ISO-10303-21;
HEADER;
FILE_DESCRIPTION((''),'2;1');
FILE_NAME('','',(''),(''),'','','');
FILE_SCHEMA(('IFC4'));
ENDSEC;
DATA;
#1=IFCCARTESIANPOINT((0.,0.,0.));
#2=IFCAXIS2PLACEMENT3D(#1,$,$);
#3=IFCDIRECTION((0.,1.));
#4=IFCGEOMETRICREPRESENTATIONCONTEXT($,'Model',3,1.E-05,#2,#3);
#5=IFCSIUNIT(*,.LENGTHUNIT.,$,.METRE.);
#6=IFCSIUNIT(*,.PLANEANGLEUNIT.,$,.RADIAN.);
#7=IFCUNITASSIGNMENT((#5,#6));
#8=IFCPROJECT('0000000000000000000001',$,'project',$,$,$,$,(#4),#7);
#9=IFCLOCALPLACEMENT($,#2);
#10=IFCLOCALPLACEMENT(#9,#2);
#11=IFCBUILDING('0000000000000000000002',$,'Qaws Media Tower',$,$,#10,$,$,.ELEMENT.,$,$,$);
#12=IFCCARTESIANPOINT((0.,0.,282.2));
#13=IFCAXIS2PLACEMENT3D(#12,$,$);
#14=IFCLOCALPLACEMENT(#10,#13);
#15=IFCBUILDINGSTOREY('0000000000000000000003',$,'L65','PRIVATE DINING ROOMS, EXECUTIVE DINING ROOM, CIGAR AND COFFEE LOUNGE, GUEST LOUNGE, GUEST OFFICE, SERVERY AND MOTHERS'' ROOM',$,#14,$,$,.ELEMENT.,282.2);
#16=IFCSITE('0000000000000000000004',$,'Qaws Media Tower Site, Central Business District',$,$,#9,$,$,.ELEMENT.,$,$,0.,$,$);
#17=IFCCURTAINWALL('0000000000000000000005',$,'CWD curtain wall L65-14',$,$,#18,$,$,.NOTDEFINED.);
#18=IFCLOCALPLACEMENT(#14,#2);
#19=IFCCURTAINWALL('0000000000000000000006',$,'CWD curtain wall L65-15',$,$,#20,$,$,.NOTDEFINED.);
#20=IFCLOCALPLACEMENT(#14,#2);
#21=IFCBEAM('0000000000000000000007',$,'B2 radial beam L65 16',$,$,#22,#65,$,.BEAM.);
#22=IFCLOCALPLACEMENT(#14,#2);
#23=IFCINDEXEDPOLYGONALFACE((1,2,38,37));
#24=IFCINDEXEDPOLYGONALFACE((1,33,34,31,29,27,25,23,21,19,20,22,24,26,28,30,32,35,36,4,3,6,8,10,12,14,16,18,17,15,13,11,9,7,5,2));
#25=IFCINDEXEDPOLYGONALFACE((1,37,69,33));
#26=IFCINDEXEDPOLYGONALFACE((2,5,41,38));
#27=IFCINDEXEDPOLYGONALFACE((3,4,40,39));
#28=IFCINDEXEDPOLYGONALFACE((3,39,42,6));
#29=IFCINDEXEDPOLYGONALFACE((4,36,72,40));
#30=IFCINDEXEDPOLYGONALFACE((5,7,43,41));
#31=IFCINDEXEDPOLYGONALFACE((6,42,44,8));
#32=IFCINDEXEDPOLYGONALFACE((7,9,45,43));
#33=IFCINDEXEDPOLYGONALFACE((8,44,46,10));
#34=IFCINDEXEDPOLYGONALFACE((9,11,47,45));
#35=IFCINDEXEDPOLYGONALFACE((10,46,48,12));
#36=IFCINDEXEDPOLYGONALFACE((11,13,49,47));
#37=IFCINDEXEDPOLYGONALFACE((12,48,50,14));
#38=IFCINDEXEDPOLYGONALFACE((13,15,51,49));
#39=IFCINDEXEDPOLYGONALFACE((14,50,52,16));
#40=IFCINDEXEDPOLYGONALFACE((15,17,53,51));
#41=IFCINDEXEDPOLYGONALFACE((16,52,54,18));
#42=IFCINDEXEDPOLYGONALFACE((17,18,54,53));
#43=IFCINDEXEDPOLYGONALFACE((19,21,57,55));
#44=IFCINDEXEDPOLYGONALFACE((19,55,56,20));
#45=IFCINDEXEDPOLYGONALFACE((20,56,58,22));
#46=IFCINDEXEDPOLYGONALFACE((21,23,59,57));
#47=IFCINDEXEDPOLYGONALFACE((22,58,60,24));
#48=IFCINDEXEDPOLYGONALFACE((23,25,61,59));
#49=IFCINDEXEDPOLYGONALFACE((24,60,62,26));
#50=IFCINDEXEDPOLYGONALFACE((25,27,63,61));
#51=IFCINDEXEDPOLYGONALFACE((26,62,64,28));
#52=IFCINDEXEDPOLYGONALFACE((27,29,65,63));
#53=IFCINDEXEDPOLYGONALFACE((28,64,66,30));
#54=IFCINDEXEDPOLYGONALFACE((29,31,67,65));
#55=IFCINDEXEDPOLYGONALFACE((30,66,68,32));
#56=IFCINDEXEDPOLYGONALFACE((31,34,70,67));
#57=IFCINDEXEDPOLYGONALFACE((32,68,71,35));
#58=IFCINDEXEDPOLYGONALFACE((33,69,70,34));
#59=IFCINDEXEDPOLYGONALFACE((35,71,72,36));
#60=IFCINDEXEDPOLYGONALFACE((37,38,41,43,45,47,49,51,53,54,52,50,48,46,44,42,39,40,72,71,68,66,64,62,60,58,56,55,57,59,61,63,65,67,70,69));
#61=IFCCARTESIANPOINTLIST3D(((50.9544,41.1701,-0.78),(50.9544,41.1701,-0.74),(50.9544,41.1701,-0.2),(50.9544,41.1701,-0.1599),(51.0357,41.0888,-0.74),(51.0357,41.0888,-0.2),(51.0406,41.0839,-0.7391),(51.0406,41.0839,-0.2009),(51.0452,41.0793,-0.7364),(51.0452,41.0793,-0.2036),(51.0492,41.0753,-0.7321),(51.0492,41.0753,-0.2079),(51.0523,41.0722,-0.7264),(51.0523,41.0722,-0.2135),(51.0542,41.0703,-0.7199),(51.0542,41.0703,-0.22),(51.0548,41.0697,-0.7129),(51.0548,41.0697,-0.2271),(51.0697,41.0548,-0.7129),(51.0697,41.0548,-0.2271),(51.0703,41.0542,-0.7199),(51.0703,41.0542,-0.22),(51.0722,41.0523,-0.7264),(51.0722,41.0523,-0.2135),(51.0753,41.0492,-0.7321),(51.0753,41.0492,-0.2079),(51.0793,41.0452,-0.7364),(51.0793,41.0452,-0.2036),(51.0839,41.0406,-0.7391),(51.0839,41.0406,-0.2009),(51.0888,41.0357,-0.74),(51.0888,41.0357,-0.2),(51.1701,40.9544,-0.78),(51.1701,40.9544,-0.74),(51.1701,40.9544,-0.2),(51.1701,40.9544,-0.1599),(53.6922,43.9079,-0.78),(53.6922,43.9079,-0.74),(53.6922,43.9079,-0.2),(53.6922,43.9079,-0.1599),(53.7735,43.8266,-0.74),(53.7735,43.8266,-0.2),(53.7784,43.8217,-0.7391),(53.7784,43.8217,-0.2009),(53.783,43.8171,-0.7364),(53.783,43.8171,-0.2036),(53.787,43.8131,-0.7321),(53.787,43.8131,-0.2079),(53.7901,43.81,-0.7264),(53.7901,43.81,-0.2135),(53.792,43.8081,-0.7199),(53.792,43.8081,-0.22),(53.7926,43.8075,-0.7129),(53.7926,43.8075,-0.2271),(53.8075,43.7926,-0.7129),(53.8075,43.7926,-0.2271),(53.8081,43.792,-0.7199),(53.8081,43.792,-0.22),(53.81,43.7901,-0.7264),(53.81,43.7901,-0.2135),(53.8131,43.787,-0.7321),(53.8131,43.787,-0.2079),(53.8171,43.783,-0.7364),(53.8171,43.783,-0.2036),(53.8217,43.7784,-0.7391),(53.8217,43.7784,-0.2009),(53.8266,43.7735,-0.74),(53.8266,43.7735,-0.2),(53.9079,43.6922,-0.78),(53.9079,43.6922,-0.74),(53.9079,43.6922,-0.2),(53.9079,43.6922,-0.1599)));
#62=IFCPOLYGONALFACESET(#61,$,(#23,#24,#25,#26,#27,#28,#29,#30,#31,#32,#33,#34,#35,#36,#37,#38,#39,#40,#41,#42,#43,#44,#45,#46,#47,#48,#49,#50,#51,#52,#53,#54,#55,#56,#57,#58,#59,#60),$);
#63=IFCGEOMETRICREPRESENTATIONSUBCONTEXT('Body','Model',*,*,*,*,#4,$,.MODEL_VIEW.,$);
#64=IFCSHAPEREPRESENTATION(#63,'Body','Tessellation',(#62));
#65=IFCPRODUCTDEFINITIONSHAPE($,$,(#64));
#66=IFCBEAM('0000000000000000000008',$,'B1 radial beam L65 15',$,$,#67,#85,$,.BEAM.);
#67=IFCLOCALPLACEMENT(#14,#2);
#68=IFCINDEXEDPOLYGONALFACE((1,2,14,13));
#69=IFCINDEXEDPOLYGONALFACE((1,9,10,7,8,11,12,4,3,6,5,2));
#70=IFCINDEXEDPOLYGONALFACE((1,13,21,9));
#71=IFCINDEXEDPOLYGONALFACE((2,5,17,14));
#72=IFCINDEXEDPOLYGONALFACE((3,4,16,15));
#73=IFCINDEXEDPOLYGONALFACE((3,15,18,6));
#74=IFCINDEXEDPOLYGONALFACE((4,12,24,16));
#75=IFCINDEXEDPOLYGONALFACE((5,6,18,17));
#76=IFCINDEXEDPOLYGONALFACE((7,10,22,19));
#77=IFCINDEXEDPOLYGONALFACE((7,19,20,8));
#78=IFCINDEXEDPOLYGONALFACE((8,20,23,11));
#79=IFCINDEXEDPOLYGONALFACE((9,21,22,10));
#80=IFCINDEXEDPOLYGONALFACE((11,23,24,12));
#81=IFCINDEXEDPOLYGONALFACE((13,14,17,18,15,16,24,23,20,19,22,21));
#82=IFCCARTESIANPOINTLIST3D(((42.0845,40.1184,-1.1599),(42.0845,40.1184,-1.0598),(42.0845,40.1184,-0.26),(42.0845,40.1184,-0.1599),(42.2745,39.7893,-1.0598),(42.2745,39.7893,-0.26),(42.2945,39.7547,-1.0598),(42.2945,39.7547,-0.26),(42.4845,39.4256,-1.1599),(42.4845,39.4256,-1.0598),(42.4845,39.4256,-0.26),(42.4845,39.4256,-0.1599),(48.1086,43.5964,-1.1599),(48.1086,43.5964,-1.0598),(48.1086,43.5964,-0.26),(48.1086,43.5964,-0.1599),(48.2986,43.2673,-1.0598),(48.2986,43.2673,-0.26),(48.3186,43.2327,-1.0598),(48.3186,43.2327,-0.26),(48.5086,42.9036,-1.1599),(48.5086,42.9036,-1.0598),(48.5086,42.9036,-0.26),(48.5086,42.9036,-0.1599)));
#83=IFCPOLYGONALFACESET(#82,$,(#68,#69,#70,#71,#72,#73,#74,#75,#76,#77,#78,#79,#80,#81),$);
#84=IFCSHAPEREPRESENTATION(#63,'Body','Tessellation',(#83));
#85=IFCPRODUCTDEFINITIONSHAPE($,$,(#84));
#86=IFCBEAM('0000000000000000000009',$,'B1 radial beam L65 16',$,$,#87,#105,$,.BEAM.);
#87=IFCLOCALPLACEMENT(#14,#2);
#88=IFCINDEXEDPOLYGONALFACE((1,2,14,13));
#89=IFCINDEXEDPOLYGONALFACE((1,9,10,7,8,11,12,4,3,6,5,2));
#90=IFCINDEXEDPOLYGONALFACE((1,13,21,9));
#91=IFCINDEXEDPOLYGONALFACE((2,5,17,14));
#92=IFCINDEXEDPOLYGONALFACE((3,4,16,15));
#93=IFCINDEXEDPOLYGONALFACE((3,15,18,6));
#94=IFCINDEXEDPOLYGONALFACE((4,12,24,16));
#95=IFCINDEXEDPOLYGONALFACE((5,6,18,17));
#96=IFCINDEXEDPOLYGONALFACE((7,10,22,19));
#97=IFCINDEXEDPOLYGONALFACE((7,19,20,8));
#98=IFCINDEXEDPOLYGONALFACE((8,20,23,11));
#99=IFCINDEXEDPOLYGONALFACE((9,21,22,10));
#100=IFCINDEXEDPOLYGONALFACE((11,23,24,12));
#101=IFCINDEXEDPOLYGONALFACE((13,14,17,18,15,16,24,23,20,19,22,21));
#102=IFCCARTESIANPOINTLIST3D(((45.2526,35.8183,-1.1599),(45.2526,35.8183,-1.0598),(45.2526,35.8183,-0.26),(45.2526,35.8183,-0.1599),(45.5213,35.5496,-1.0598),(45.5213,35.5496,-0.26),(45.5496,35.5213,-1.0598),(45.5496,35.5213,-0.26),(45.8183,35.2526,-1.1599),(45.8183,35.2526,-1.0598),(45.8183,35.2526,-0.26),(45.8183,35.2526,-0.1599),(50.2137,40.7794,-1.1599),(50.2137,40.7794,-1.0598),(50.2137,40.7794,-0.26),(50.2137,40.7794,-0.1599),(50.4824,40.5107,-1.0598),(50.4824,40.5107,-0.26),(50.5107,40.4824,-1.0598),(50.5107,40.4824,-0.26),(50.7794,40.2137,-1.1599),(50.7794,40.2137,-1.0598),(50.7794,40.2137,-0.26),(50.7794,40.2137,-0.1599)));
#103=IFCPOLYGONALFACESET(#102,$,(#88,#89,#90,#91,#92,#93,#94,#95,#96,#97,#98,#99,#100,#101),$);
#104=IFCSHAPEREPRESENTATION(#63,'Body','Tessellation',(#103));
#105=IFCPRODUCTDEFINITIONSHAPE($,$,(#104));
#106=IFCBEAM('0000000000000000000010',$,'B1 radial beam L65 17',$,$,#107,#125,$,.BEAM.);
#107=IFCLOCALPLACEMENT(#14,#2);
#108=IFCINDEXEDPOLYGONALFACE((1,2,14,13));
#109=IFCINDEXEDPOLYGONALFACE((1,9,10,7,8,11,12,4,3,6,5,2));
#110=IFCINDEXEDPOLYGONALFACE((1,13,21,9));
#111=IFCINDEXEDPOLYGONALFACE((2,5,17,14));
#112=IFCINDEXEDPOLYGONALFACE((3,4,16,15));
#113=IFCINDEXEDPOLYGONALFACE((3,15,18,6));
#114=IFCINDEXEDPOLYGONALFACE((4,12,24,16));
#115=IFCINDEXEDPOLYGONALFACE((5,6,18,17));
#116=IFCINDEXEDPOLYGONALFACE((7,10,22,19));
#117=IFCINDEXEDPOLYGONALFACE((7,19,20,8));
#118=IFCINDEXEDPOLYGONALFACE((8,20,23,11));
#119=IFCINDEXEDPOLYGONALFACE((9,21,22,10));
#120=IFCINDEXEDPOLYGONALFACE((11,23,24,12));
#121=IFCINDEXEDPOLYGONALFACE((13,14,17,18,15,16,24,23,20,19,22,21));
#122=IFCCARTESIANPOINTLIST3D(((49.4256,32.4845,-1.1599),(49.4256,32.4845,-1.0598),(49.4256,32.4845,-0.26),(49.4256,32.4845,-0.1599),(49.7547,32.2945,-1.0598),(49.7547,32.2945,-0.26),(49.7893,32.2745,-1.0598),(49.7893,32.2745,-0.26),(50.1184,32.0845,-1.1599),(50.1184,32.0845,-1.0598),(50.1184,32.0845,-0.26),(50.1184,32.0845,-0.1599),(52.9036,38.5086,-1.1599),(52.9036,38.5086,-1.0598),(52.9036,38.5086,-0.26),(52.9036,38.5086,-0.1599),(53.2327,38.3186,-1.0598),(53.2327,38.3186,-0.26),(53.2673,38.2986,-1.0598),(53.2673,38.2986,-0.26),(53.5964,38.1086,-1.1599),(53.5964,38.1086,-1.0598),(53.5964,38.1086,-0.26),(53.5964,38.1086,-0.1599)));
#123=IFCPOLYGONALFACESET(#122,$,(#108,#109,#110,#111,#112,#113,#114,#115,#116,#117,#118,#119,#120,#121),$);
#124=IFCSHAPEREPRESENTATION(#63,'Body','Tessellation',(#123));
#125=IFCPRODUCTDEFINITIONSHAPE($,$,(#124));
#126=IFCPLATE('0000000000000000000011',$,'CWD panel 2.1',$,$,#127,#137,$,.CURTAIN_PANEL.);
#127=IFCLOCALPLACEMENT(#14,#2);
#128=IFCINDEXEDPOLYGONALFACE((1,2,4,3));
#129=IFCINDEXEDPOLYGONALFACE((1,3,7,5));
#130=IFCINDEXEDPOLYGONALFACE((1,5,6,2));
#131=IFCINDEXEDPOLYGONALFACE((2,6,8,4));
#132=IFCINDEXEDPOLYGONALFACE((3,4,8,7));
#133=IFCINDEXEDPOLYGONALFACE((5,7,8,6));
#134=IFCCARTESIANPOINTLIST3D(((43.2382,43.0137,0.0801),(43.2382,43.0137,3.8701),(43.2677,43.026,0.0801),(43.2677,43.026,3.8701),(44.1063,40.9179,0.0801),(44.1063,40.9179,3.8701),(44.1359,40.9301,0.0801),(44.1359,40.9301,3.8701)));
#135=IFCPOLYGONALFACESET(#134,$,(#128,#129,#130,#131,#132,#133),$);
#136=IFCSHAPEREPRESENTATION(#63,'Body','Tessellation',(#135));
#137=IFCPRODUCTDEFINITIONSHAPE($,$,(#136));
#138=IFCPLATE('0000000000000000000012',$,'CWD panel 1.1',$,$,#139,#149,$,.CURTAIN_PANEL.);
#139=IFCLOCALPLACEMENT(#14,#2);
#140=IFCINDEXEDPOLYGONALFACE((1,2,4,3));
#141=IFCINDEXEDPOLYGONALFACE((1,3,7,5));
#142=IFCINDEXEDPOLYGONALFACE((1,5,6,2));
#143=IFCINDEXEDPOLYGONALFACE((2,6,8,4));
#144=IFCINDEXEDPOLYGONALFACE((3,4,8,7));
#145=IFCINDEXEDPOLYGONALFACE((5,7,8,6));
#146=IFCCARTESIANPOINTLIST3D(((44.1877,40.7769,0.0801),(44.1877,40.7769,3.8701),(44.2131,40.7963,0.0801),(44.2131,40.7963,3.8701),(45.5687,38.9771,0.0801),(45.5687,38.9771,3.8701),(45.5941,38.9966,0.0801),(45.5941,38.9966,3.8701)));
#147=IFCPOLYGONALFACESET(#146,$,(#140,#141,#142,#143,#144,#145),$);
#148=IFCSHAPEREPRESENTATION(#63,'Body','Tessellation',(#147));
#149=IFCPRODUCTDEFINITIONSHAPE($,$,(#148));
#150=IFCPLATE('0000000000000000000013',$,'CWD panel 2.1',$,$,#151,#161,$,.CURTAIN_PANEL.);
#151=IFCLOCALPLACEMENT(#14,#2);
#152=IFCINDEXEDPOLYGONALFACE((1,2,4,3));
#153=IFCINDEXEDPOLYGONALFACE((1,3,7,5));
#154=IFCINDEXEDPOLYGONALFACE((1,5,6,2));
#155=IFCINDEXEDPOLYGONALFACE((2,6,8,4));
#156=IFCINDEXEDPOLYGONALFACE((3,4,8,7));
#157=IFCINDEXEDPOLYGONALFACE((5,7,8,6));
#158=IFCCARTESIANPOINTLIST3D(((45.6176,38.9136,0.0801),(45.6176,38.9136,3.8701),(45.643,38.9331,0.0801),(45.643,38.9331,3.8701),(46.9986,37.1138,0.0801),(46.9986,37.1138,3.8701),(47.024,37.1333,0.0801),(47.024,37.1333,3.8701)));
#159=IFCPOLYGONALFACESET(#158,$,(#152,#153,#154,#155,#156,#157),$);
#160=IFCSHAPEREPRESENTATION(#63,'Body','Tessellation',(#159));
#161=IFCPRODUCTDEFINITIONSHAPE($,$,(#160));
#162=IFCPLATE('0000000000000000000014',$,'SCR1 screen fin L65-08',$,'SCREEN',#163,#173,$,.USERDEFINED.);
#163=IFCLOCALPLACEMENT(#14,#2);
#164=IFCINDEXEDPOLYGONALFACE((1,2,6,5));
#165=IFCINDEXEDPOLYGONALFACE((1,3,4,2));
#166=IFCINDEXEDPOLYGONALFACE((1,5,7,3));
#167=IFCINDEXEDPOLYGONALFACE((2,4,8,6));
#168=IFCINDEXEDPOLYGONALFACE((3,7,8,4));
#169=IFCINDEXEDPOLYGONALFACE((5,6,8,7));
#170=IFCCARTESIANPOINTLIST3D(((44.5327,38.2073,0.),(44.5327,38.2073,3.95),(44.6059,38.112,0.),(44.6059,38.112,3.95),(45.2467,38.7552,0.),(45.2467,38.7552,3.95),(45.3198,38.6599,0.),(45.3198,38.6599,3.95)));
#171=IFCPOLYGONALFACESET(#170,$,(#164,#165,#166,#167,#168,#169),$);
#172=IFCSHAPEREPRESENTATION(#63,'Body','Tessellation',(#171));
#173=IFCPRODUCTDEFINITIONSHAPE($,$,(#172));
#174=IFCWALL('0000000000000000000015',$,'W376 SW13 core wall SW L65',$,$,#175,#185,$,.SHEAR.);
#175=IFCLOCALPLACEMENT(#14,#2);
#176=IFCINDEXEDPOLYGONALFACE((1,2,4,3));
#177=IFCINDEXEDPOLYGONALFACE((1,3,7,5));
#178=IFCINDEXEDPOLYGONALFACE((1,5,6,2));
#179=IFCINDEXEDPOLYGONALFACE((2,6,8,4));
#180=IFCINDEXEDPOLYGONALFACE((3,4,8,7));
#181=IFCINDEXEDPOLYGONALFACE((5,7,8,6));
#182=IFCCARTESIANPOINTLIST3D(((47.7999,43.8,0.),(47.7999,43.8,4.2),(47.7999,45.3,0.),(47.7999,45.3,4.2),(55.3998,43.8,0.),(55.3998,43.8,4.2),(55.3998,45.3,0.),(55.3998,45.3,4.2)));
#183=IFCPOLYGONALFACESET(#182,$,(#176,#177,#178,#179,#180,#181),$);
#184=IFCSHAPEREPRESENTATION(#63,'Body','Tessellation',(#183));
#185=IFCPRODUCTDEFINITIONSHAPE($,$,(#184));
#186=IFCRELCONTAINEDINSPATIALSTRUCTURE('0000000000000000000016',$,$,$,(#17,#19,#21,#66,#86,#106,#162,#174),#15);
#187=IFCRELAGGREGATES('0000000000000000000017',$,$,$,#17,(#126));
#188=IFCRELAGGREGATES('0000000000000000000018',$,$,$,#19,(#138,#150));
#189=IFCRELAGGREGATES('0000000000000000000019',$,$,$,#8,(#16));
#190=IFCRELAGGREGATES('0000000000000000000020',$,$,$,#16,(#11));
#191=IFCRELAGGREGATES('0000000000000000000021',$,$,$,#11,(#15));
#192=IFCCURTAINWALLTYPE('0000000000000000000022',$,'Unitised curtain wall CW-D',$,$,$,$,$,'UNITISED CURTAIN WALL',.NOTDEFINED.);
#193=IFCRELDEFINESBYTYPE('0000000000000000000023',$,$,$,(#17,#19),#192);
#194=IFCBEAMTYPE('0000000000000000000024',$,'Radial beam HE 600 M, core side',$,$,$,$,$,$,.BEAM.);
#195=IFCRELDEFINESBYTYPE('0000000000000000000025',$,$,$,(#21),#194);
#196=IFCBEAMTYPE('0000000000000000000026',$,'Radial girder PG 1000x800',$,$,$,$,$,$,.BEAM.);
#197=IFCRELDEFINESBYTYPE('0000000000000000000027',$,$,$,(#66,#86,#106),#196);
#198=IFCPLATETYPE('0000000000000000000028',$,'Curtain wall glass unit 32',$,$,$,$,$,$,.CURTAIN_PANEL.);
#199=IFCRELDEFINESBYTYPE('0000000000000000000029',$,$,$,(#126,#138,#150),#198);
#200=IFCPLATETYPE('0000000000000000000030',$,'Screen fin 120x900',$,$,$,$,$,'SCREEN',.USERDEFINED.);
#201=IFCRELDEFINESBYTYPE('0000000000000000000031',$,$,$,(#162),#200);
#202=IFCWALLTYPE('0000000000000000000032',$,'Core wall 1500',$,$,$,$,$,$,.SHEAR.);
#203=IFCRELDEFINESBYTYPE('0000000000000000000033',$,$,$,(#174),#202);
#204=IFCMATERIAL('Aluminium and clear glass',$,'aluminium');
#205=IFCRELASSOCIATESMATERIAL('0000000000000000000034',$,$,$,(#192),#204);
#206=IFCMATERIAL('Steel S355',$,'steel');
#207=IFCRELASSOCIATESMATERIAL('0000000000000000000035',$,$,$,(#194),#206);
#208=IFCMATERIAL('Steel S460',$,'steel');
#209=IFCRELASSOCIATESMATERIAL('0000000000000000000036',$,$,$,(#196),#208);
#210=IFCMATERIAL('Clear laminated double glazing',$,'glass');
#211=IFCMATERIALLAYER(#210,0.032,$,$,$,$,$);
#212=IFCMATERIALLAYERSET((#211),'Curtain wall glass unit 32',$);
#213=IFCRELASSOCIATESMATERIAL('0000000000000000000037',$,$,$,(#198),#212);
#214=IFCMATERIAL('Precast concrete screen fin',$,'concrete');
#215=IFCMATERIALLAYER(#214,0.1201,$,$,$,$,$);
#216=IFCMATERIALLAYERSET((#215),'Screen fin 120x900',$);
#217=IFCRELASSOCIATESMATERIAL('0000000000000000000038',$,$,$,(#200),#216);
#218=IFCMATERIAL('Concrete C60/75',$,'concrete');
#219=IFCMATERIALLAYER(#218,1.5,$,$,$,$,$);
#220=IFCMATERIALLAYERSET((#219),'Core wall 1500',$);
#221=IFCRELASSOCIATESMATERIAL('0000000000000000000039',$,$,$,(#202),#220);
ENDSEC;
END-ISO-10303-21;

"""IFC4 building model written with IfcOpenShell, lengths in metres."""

from ifc_helpers import new_model, si_unit, direction, frame, frame_2d, origin, origin_2d, place, context, subcontext, project, spatial, rectangle, i_section, extrude, material, layer, layer_set, material_profile, profile_set, type_object, element, aggregate, save


model = new_model("IFC4")

# Units and contexts
model_context = context("Model", 3, precision=1e-05, world=origin(), true_north=direction((0.0, 1.0)))
body_context = subcontext(model_context, "Body", "Model", "MODEL_VIEW")
ifc_project = project(units=[si_unit("LENGTHUNIT", "METRE"), si_unit("PLANEANGLEUNIT", "RADIAN")], contexts=[model_context])

# Site, building, storey
site_placement = place(None, origin())
site = spatial("IfcSite", under=ifc_project, at=site_placement, Name="Qaws Media Tower Site, Central Business District", CompositionType="ELEMENT", RefElevation=0.0)
building_placement = place(site_placement, origin())
building = spatial("IfcBuilding", under=site, at=building_placement, Name="Qaws Media Tower", CompositionType="ELEMENT")
storey_placement = place(building_placement, frame((0.0, 0.0, 282.2)))
storey = spatial("IfcBuildingStorey", under=building, at=storey_placement, Name="L65", Description="PRIVATE DINING ROOMS, EXECUTIVE DINING ROOM, CIGAR AND COFFEE LOUNGE, GUEST LOUNGE, GUEST OFFICE, SERVERY AND MOTHERS' ROOM", CompositionType="ELEMENT", Elevation=282.2)

# Curtain wall
ifc_material_1 = material(Name="Aluminium and clear glass", Category="aluminium")
curtain_wall_type = type_object("IfcCurtainWallType", Name="Unitised curtain wall CW-D", ElementType="UNITISED CURTAIN WALL", PredefinedType="NOTDEFINED", material=ifc_material_1)
curtain_wall_1_placement = place(storey_placement, origin())
curtain_wall_1 = element("IfcCurtainWall", 1, at=curtain_wall_1_placement, inside=storey, type_object=curtain_wall_type, Name="CWD curtain wall L65-14", PredefinedType="NOTDEFINED")

# Curtain wall
curtain_wall_2_placement = place(storey_placement, origin())
curtain_wall_2 = element("IfcCurtainWall", 2, at=curtain_wall_2_placement, inside=storey, type_object=curtain_wall_type, Name="CWD curtain wall L65-15", PredefinedType="NOTDEFINED")

# Beams
ifc_material_2 = material(Name="Steel S355", Category="steel")
ifc_material_profile_1 = material_profile(ifc_material_2, i_section(OverallWidth=0.3049, OverallDepth=0.6201, WebThickness=0.021, FlangeThickness=0.04, FilletRadius=0.0271, at=origin_2d()), Name="HE 600 M")
ifc_profile_set_1 = profile_set([ifc_material_profile_1], Name="Steel S355")
beam_type_1 = type_object("IfcBeamType", Name="Radial beam HE 600 M, core side", PredefinedType="BEAM", material=ifc_profile_set_1)
beam_1_placement = place(storey_placement, frame((53.8, 43.8, -0.47), z_axis=(-0.707107, -0.707107, 0.0), x_axis=(0.707107, -0.707107, 0.0)))
element("IfcBeam", 3, at=beam_1_placement, inside=storey, type_object=beam_type_1, Name="B2 radial beam L65 16", PredefinedType="BEAM", context=body_context, shape_type="SweptSolid", body=[
    extrude(i_section(OverallWidth=0.3049, OverallDepth=0.6201, WebThickness=0.021, FlangeThickness=0.04, FilletRadius=0.0271, at=origin_2d()), origin(), (0.0, 0.0, 1.0), 3.8718),
])
ifc_material_3 = material(Name="Steel S460", Category="steel")
ifc_material_profile_2 = material_profile(ifc_material_3, i_section(OverallWidth=0.8, OverallDepth=1.0, WebThickness=0.04, FlangeThickness=0.1001, at=origin_2d()), Name="PG 1000x800")
ifc_profile_set_2 = profile_set([ifc_material_profile_2], Name="Steel S460")
beam_type_2 = type_object("IfcBeamType", Name="Radial girder PG 1000x800", PredefinedType="BEAM", material=ifc_profile_set_2)
beam_2_placement = place(storey_placement, frame((48.3086, 43.25, -0.6599), z_axis=(-0.866027, -0.499997, 0.0), x_axis=(0.499997, -0.866027, 0.0)))
element("IfcBeam", 4, at=beam_2_placement, inside=storey, type_object=beam_type_2, Name="B1 radial beam L65 15", PredefinedType="BEAM", context=body_context, shape_type="SweptSolid", body=[
    extrude(i_section(OverallWidth=0.8, OverallDepth=1.0, WebThickness=0.04, FlangeThickness=0.1001, at=origin_2d()), origin(), (0.0, 0.0, 1.0), 6.9561),
])
beam_3_placement = place(storey_placement, frame((50.4966, 40.4966, -0.6599), z_axis=(-0.707107, -0.707107, 0.0), x_axis=(0.707107, -0.707107, 0.0)))
element("IfcBeam", 5, at=beam_3_placement, inside=storey, type_object=beam_type_2, Name="B1 radial beam L65 16", PredefinedType="BEAM", context=body_context, shape_type="SweptSolid", body=[
    extrude(i_section(OverallWidth=0.8, OverallDepth=1.0, WebThickness=0.04, FlangeThickness=0.1001, at=origin_2d()), origin(), (0.0, 0.0, 1.0), 7.0161),
])
beam_4_placement = place(storey_placement, frame((53.25, 38.3086, -0.6599), z_axis=(-0.499997, -0.866027, 0.0), x_axis=(0.866027, -0.499997, 0.0)))
element("IfcBeam", 6, at=beam_4_placement, inside=storey, type_object=beam_type_2, Name="B1 radial beam L65 17", PredefinedType="BEAM", context=body_context, shape_type="SweptSolid", body=[
    extrude(i_section(OverallWidth=0.8, OverallDepth=1.0, WebThickness=0.04, FlangeThickness=0.1001, at=origin_2d()), origin(), (0.0, 0.0, 1.0), 6.9561),
])

# Plates
ifc_material_4 = material(Name="Clear laminated double glazing", Category="glass")
ifc_layer_1 = layer(ifc_material_4, 0.032)
ifc_layer_set_1 = layer_set([ifc_layer_1], Name="Curtain wall glass unit 32")
plate_type_1 = type_object("IfcPlateType", Name="Curtain wall glass unit 32", PredefinedType="CURTAIN_PANEL", material=ifc_layer_set_1)
plate_1_placement = place(storey_placement, frame((43.687, 41.9719, 0.0801), z_axis=(0.0, 0.0, 1.0), x_axis=(0.382684, -0.923879, 0.0)))
plate_1 = element("IfcPlate", 7, at=plate_1_placement, type_object=plate_type_1, Name="CWD panel 2.1", PredefinedType="CURTAIN_PANEL", context=body_context, shape_type="SweptSolid", body=[
    extrude(rectangle(XDim=2.2686, YDim=0.032, at=origin_2d()), origin(), (0.0, 0.0, 1.0), 3.79),
])
aggregate(curtain_wall_1, [plate_1])
plate_2_placement = place(storey_placement, frame((44.8909, 39.8867, 0.0801), z_axis=(0.0, 0.0, 1.0), x_axis=(0.608761, -0.793353, 0.0)))
plate_2 = element("IfcPlate", 8, at=plate_2_placement, type_object=plate_type_1, Name="CWD panel 1.1", PredefinedType="CURTAIN_PANEL", context=body_context, shape_type="SweptSolid", body=[
    extrude(rectangle(XDim=2.2686, YDim=0.032, at=origin_2d()), origin(), (0.0, 0.0, 1.0), 3.79),
])
plate_3_placement = place(storey_placement, frame((46.3208, 38.0234, 0.0801), z_axis=(0.0, 0.0, 1.0), x_axis=(0.608761, -0.793353, 0.0)))
plate_3 = element("IfcPlate", 9, at=plate_3_placement, type_object=plate_type_1, Name="CWD panel 2.1", PredefinedType="CURTAIN_PANEL", context=body_context, shape_type="SweptSolid", body=[
    extrude(rectangle(XDim=2.2686, YDim=0.032, at=origin_2d()), origin(), (0.0, 0.0, 1.0), 3.79),
])
aggregate(curtain_wall_2, [plate_2, plate_3])
ifc_material_5 = material(Name="Precast concrete screen fin", Category="concrete")
ifc_layer_2 = layer(ifc_material_5, 0.1201)
ifc_layer_set_2 = layer_set([ifc_layer_2], Name="Screen fin 120x900")
plate_type_2 = type_object("IfcPlateType", Name="Screen fin 120x900", ElementType="SCREEN", PredefinedType="USERDEFINED", material=ifc_layer_set_2)
plate_4_placement = place(storey_placement, frame((44.9263, 38.4336, 0.0), z_axis=(0.0, 0.0, 1.0), x_axis=(-0.793353, -0.608761, 0.0)))
element("IfcPlate", 10, at=plate_4_placement, inside=storey, type_object=plate_type_2, Name="SCR1 screen fin L65-08", ObjectType="SCREEN", PredefinedType="USERDEFINED", context=body_context, shape_type="SweptSolid", body=[
    extrude(rectangle(XDim=0.8999, YDim=0.1201, at=origin_2d()), origin(), (0.0, 0.0, 1.0), 3.95),
])

# Wall
ifc_material_6 = material(Name="Concrete C60/75", Category="concrete")
ifc_layer_3 = layer(ifc_material_6, 1.5)
ifc_layer_set_3 = layer_set([ifc_layer_3], Name="Core wall 1500")
wall_type_1 = type_object("IfcWallType", Name="Core wall 1500", PredefinedType="SHEAR", material=ifc_layer_set_3)
wall_1_placement = place(storey_placement, frame((47.8, 44.55, 0.0), z_axis=(0.0, 0.0, 1.0), x_axis=(1.0, 0.0, 0.0)))
element("IfcWall", 11, at=wall_1_placement, inside=storey, type_object=wall_type_1, Name="W376 SW13 core wall SW L65", PredefinedType="SHEAR", context=body_context, shape_type="SweptSolid", body=[
    extrude(rectangle(XDim=7.5999, YDim=1.5, at=frame_2d((3.7998, 0.0))), origin(), (0.0, 0.0, 1.0), 4.2),
])

save(model, "model.ifc")
